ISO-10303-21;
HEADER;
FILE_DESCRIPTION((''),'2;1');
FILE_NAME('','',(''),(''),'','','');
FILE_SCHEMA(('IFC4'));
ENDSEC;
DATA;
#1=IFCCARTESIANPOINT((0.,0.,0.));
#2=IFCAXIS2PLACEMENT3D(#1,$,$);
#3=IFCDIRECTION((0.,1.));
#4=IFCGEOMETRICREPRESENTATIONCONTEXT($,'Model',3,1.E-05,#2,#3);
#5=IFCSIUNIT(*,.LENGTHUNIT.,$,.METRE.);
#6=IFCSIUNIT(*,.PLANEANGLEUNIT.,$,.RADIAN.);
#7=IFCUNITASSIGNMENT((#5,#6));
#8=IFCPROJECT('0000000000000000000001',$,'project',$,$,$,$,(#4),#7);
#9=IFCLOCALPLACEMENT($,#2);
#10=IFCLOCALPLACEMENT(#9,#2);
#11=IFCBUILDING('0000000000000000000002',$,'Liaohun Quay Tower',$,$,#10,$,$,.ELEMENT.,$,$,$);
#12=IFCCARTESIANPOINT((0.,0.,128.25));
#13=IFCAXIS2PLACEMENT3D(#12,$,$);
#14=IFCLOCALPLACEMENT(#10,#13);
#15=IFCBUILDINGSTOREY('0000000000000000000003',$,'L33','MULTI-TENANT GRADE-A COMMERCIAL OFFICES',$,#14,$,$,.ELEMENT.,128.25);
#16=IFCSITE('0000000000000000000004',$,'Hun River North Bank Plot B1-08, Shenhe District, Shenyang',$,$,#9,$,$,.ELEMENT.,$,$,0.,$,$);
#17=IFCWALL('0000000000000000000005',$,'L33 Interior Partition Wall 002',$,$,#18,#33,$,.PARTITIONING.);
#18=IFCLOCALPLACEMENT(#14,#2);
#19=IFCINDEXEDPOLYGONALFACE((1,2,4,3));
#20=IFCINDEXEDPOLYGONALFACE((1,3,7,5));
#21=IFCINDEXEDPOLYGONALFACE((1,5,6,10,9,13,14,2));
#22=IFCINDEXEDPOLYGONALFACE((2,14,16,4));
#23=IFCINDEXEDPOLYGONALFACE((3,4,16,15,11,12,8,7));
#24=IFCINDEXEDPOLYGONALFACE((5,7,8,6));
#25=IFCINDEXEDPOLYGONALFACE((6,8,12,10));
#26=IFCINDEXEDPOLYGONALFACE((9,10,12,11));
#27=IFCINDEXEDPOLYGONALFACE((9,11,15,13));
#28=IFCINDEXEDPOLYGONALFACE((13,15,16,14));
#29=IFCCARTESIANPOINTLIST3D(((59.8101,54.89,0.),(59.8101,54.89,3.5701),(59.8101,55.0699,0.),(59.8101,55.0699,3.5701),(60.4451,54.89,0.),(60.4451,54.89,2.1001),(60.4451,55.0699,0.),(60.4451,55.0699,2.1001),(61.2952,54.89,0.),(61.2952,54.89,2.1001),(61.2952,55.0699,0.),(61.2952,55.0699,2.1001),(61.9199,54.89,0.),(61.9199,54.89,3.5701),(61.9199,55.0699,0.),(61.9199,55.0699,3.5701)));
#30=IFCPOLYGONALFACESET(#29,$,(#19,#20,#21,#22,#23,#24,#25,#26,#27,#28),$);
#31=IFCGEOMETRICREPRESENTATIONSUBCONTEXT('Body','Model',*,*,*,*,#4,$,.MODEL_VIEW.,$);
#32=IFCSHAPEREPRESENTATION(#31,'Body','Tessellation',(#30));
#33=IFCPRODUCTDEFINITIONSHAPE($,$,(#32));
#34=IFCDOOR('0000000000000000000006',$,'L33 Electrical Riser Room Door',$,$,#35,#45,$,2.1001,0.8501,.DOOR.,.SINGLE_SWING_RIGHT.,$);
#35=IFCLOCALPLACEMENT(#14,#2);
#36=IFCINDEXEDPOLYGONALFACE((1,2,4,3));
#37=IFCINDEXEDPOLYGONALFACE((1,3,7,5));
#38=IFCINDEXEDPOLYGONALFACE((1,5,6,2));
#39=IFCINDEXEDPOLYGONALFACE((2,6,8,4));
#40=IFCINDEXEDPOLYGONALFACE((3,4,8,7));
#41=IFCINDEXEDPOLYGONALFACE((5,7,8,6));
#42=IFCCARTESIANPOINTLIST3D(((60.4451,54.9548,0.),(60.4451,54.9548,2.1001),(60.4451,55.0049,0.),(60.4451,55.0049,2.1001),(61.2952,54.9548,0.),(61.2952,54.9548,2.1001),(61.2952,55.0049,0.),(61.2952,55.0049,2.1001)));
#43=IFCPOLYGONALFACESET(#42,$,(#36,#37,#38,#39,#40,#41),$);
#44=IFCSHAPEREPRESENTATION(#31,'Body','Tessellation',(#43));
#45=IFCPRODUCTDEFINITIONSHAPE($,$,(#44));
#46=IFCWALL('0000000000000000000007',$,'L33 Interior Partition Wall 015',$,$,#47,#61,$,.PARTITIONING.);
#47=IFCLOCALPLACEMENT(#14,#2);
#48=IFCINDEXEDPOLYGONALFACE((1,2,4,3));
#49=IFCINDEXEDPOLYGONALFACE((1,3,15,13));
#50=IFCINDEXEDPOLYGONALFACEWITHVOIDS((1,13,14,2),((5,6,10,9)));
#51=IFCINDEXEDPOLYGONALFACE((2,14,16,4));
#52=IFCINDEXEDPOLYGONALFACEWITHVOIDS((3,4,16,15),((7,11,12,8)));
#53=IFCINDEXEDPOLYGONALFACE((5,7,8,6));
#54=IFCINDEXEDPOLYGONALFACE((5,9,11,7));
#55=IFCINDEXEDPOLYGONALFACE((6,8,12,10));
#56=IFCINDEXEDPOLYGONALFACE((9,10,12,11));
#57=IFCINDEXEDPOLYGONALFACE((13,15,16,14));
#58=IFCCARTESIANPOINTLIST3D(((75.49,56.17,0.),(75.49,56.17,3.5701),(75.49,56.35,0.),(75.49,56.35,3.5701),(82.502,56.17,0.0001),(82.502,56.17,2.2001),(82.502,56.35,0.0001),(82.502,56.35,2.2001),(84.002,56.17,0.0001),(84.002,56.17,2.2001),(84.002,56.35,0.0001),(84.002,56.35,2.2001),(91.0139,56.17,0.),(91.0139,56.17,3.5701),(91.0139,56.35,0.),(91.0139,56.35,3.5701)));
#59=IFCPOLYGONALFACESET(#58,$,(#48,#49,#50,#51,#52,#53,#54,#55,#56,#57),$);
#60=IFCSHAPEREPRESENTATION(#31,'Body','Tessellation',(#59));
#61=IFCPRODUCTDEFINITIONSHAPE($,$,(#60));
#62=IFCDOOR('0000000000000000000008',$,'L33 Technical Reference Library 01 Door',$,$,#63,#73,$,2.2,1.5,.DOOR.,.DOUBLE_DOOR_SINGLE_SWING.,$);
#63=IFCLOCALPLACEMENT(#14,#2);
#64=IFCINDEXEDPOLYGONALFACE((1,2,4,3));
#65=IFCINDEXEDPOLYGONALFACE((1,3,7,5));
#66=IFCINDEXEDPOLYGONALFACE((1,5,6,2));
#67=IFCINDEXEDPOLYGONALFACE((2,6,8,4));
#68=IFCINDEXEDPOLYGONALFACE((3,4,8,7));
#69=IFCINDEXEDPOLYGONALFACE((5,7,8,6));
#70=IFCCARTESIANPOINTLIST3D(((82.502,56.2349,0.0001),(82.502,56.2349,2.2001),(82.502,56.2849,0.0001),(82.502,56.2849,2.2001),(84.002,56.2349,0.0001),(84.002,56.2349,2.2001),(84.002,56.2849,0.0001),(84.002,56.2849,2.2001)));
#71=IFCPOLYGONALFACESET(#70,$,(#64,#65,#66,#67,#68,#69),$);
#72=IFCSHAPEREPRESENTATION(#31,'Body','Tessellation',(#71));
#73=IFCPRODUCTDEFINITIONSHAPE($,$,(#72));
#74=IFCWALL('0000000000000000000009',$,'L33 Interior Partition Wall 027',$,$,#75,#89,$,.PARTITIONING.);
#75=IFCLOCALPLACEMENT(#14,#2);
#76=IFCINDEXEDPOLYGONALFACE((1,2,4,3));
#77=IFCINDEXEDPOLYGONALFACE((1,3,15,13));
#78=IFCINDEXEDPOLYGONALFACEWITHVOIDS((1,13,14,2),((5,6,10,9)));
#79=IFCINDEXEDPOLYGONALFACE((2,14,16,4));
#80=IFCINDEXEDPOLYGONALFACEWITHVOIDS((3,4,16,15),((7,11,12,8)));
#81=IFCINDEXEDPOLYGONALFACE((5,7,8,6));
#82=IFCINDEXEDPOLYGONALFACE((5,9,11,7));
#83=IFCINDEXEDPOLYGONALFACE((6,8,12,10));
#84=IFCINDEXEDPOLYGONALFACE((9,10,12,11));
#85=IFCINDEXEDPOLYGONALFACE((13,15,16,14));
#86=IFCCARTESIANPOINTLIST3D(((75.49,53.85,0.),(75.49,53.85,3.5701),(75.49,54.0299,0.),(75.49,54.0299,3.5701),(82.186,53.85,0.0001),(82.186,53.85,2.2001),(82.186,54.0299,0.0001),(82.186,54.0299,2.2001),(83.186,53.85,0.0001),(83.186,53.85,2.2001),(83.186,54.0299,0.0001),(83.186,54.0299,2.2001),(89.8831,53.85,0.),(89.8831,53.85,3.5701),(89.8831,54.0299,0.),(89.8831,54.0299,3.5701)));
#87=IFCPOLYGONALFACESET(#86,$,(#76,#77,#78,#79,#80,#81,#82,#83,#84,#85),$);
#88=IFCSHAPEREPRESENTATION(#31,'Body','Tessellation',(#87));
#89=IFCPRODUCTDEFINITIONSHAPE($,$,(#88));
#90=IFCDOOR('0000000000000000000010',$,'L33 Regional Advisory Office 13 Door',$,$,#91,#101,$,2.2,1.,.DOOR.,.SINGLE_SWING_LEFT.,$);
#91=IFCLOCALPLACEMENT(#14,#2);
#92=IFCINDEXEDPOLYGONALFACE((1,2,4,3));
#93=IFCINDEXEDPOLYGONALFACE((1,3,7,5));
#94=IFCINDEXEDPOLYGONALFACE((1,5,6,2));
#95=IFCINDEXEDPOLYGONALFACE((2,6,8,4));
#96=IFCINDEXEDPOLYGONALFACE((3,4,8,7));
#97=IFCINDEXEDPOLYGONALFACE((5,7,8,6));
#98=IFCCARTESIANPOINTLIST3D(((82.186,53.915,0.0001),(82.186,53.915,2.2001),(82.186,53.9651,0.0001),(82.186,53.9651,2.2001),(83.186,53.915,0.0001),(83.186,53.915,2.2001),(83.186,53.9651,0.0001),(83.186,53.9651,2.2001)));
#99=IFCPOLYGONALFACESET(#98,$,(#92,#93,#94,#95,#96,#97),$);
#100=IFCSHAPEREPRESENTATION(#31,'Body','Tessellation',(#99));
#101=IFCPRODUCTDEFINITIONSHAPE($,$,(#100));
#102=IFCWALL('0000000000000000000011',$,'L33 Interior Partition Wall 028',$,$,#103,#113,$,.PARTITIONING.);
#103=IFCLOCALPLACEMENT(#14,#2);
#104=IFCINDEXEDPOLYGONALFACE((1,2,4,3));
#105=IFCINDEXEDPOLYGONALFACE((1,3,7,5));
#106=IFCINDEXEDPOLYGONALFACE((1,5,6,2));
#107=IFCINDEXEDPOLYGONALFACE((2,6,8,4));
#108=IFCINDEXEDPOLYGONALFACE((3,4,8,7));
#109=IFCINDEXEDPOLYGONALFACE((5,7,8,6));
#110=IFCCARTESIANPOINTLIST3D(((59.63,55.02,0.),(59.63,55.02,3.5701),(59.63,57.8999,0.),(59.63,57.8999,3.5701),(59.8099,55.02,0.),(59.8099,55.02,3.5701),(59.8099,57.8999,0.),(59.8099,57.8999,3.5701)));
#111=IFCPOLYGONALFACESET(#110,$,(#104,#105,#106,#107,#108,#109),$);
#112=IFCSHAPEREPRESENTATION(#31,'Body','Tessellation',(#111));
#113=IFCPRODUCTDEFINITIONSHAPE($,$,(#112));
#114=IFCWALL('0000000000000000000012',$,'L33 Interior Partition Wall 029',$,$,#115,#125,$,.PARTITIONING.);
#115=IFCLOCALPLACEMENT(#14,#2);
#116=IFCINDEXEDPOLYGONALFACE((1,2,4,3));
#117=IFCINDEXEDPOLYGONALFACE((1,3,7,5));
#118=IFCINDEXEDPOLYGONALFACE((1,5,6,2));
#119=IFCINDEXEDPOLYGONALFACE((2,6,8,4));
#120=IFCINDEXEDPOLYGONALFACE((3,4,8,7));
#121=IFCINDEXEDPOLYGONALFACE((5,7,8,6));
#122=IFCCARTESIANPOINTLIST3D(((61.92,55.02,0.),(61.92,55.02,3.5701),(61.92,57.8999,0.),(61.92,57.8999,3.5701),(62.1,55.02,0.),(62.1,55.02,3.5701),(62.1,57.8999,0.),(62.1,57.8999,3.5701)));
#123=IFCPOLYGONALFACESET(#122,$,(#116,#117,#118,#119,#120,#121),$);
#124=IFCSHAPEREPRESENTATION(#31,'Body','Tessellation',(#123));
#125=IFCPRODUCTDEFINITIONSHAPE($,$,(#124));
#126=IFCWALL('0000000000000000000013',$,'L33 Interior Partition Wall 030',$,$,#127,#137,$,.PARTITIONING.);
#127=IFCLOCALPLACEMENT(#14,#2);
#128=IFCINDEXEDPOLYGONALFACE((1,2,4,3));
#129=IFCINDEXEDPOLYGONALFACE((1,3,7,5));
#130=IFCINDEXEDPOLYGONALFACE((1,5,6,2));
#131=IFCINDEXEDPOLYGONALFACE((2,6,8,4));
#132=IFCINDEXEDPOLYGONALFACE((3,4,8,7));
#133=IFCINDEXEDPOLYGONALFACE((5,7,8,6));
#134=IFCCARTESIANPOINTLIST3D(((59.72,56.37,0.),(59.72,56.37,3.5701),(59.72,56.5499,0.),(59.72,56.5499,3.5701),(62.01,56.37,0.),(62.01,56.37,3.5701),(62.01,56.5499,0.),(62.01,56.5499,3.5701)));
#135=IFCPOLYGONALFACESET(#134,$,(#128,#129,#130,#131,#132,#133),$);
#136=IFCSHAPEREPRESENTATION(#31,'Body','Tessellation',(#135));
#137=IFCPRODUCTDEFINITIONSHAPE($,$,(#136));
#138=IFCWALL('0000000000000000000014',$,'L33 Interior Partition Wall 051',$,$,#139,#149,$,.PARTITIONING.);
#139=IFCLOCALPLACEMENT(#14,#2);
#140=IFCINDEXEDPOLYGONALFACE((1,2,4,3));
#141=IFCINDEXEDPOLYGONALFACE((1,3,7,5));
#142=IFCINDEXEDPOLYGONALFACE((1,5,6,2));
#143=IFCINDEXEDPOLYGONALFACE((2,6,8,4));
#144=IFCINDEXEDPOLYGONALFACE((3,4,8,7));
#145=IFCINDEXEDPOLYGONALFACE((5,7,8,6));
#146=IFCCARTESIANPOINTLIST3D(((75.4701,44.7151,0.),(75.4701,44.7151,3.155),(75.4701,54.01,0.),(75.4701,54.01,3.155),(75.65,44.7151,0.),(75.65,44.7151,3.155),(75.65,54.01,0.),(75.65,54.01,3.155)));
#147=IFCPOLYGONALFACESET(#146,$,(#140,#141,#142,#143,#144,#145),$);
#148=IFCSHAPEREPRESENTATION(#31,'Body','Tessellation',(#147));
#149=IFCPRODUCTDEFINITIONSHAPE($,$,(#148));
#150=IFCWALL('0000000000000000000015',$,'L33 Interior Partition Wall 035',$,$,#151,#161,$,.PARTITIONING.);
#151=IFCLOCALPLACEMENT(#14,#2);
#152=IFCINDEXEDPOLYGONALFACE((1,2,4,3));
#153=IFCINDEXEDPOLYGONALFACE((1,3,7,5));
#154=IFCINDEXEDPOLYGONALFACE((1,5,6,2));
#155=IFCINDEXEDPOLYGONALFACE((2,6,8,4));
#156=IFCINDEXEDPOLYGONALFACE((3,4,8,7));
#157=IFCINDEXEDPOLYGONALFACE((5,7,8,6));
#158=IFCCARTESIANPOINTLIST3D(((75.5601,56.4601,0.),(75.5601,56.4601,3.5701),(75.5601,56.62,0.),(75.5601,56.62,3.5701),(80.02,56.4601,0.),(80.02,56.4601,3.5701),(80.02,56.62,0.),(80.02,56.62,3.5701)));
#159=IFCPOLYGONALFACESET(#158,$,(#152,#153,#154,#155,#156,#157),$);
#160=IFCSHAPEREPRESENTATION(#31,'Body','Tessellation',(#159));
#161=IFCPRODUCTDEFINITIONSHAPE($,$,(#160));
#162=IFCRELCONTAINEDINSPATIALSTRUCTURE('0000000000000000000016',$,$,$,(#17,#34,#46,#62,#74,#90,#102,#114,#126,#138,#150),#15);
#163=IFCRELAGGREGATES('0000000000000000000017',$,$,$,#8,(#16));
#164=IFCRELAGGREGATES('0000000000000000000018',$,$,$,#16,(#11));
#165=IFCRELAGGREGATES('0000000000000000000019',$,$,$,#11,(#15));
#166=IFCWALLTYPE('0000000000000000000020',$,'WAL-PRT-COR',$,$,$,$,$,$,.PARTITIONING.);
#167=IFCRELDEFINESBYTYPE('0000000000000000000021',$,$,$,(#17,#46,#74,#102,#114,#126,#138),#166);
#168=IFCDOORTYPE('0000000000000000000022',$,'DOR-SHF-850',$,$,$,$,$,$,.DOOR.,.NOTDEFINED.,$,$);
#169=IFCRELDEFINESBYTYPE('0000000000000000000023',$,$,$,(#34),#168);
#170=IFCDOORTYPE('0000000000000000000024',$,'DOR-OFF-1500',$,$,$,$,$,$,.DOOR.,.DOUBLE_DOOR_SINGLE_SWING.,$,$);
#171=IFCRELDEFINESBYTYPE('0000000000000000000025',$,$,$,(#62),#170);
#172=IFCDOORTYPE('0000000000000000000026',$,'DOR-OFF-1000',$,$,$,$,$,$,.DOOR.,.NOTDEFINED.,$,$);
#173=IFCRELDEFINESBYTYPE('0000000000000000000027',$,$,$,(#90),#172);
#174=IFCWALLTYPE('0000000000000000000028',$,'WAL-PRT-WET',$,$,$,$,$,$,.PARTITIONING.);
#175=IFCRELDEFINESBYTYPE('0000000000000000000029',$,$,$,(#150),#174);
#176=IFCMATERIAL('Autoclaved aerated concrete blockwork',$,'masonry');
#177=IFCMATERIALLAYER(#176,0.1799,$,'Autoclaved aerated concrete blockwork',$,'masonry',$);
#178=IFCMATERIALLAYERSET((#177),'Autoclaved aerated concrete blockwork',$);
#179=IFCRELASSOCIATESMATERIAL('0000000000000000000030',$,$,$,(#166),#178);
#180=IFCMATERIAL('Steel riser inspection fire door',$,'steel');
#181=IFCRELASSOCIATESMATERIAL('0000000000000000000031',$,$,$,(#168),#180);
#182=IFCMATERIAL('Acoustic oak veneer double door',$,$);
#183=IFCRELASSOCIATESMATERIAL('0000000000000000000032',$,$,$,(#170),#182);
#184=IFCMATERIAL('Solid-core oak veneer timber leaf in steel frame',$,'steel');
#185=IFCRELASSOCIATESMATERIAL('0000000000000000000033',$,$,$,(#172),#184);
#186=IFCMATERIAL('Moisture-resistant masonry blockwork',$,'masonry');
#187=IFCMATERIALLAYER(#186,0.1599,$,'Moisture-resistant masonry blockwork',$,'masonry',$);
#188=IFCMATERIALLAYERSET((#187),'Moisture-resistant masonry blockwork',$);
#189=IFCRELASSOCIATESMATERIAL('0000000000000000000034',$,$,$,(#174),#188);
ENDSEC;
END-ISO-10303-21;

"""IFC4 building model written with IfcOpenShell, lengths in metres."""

from ifc_helpers import new_model, si_unit, direction, frame, frame_2d, origin, place, context, subcontext, project, spatial, rectangle, extrude, source, transform, mapped, material, layer, layer_set, type_object, element, fill, save


model = new_model("IFC4")

# Units and contexts
model_context = context("Model", 3, precision=1e-05, world=origin(), true_north=direction((0.0, 1.0)))
body_context = subcontext(model_context, "Body", "Model", "MODEL_VIEW")
ifc_project = project(units=[si_unit("LENGTHUNIT", "METRE"), si_unit("PLANEANGLEUNIT", "RADIAN")], contexts=[model_context])

# Site, building, storey
site_placement = place(None, origin())
site = spatial("IfcSite", under=ifc_project, at=site_placement, Name="Hun River North Bank Plot B1-08, Shenhe District, Shenyang", CompositionType="ELEMENT", RefElevation=0.0)
building_placement = place(site_placement, origin())
building = spatial("IfcBuilding", under=site, at=building_placement, Name="Liaohun Quay Tower", CompositionType="ELEMENT")
storey_placement = place(building_placement, frame((0.0, 0.0, 128.25)))
storey = spatial("IfcBuildingStorey", under=building, at=storey_placement, Name="L33", Description="MULTI-TENANT GRADE-A COMMERCIAL OFFICES", CompositionType="ELEMENT", Elevation=128.25)

# Walls, openings, doors
ifc_material_1 = material(Name="Autoclaved aerated concrete blockwork", Category="masonry")
ifc_layer_1 = layer(ifc_material_1, 0.1799, Name="Autoclaved aerated concrete blockwork", Category="masonry")
ifc_layer_set_1 = layer_set([ifc_layer_1], Name="Autoclaved aerated concrete blockwork")
wall_type_1 = type_object("IfcWallType", Name="WAL-PRT-COR", PredefinedType="PARTITIONING", material=ifc_layer_set_1)
wall_1_placement = place(storey_placement, frame((59.8101, 54.98, 0.0), z_axis=(0.0, 0.0, 1.0), x_axis=(1.0, 0.0, 0.0)))
wall_1 = element("IfcWall", 1, at=wall_1_placement, inside=storey, type_object=wall_type_1, Name="L33 Interior Partition Wall 002", PredefinedType="PARTITIONING", context=body_context, shape_type="SweptSolid", body=[
    extrude(rectangle(XDim=2.1099, YDim=0.1799, at=frame_2d((1.0549, 0.0))), origin(), (0.0, 0.0, 1.0), 3.5701),
])
shared_shape_1 = source(origin(), body_context, "Body", "SweptSolid", [
    extrude(rectangle(XDim=0.8501, YDim=2.1001, at=frame_2d((0.425, 1.05))), frame((0.0, 0.0999, 0.0), z_axis=(0.0, -1.0, 0.0), x_axis=(1.0, 0.0, 0.0)), (0.0, 0.0, 1.0), 0.2),
])
opening_1_placement = place(wall_1_placement, frame((0.635, 0.0, 0.0)))
opening_1 = element("IfcOpeningElement", 2, at=opening_1_placement, cuts=wall_1, PredefinedType="OPENING", context=body_context, shape_type="MappedRepresentation", body=[
    mapped(shared_shape_1, transform((0.0, 0.0, 0.0), x_axis=(1.0, 0.0, 0.0), y_axis=(0.0, 1.0, 0.0), z_axis=(0.0, 0.0, 1.0), scale=1.0)),
])
ifc_material_2 = material(Name="Steel riser inspection fire door", Category="steel")
door_type_1 = type_object("IfcDoorType", Name="DOR-SHF-850", OperationType="NOTDEFINED", PredefinedType="DOOR", material=ifc_material_2)
shared_shape_2 = source(origin(), body_context, "Body", "SweptSolid", [
    extrude(rectangle(XDim=0.8501, YDim=2.1001, at=frame_2d((0.425, 1.05))), frame((0.0, 0.0249, 0.0), z_axis=(0.0, -1.0, 0.0), x_axis=(1.0, 0.0, 0.0)), (0.0, 0.0, 1.0), 0.05),
])
door_1_placement = place(opening_1_placement, origin())
door_1 = element("IfcDoor", 3, at=door_1_placement, inside=storey, type_object=door_type_1, Name="L33 Electrical Riser Room Door", OperationType="SINGLE_SWING_RIGHT", OverallHeight=2.1001, OverallWidth=0.8501, PredefinedType="DOOR", context=body_context, shape_type="MappedRepresentation", body=[
    mapped(shared_shape_2, transform((0.0, 0.0, 0.0), x_axis=(1.0, 0.0, 0.0), y_axis=(0.0, 1.0, 0.0), z_axis=(0.0, 0.0, 1.0), scale=1.0)),
])
fill(opening_1, door_1)
wall_2_placement = place(storey_placement, frame((75.49, 56.26, 0.0), z_axis=(0.0, 0.0, 1.0), x_axis=(1.0, 0.0, 0.0)))
wall_2 = element("IfcWall", 4, at=wall_2_placement, inside=storey, type_object=wall_type_1, Name="L33 Interior Partition Wall 015", PredefinedType="PARTITIONING", context=body_context, shape_type="SweptSolid", body=[
    extrude(rectangle(XDim=15.5239, YDim=0.1799, at=frame_2d((7.762, 0.0))), origin(), (0.0, 0.0, 1.0), 3.5701),
])
shared_shape_3 = source(origin(), body_context, "Body", "SweptSolid", [
    extrude(rectangle(XDim=1.5, YDim=2.2, at=frame_2d((0.75, 1.1001))), frame((0.0, 0.0999, 0.0), z_axis=(0.0, -1.0, 0.0), x_axis=(1.0, 0.0, 0.0)), (0.0, 0.0, 1.0), 0.2),
])
opening_2_placement = place(wall_2_placement, frame((7.012, 0.0, 0.0)))
opening_2 = element("IfcOpeningElement", 5, at=opening_2_placement, cuts=wall_2, PredefinedType="OPENING", context=body_context, shape_type="MappedRepresentation", body=[
    mapped(shared_shape_3, transform((0.0, 0.0, 0.0), x_axis=(1.0, 0.0, 0.0), y_axis=(0.0, 1.0, 0.0), z_axis=(0.0, 0.0, 1.0), scale=1.0)),
])
ifc_material_3 = material(Name="Acoustic oak veneer double door")
door_type_2 = type_object("IfcDoorType", Name="DOR-OFF-1500", OperationType="DOUBLE_DOOR_SINGLE_SWING", PredefinedType="DOOR", material=ifc_material_3)
shared_shape_4 = source(origin(), body_context, "Body", "SweptSolid", [
    extrude(rectangle(XDim=1.5, YDim=2.2, at=frame_2d((0.75, 1.1001))), frame((0.0, 0.0249, 0.0), z_axis=(0.0, -1.0, 0.0), x_axis=(1.0, 0.0, 0.0)), (0.0, 0.0, 1.0), 0.05),
])
door_2_placement = place(opening_2_placement, origin())
door_2 = element("IfcDoor", 6, at=door_2_placement, inside=storey, type_object=door_type_2, Name="L33 Technical Reference Library 01 Door", OperationType="DOUBLE_DOOR_SINGLE_SWING", OverallHeight=2.2, OverallWidth=1.5, PredefinedType="DOOR", context=body_context, shape_type="MappedRepresentation", body=[
    mapped(shared_shape_4, transform((0.0, 0.0, 0.0), x_axis=(1.0, 0.0, 0.0), y_axis=(0.0, 1.0, 0.0), z_axis=(0.0, 0.0, 1.0), scale=1.0)),
])
fill(opening_2, door_2)
wall_3_placement = place(storey_placement, frame((89.8831, 53.9399, 0.0), z_axis=(0.0, 0.0, 1.0), x_axis=(-1.0, 0.0, 0.0)))
wall_3 = element("IfcWall", 7, at=wall_3_placement, inside=storey, type_object=wall_type_1, Name="L33 Interior Partition Wall 027", PredefinedType="PARTITIONING", context=body_context, shape_type="SweptSolid", body=[
    extrude(rectangle(XDim=14.3931, YDim=0.1799, at=frame_2d((7.1965, 0.0))), origin(), (0.0, 0.0, 1.0), 3.5701),
])
shared_shape_5 = source(origin(), body_context, "Body", "SweptSolid", [
    extrude(rectangle(XDim=1.0, YDim=2.2, at=frame_2d((0.5, 1.1001))), frame((0.0, 0.0999, 0.0), z_axis=(0.0, -1.0, 0.0), x_axis=(1.0, 0.0, 0.0)), (0.0, 0.0, 1.0), 0.2),
])
opening_3_placement = place(wall_3_placement, frame((6.697, 0.0, 0.0)))
opening_3 = element("IfcOpeningElement", 8, at=opening_3_placement, cuts=wall_3, PredefinedType="OPENING", context=body_context, shape_type="MappedRepresentation", body=[
    mapped(shared_shape_5, transform((0.0, 0.0, 0.0), x_axis=(1.0, 0.0, 0.0), y_axis=(0.0, 1.0, 0.0), z_axis=(0.0, 0.0, 1.0), scale=1.0)),
])
ifc_material_4 = material(Name="Solid-core oak veneer timber leaf in steel frame", Category="steel")
door_type_3 = type_object("IfcDoorType", Name="DOR-OFF-1000", OperationType="NOTDEFINED", PredefinedType="DOOR", material=ifc_material_4)
shared_shape_6 = source(origin(), body_context, "Body", "SweptSolid", [
    extrude(rectangle(XDim=1.0, YDim=2.2, at=frame_2d((0.5, 1.1001))), frame((0.0, 0.0249, 0.0), z_axis=(0.0, -1.0, 0.0), x_axis=(1.0, 0.0, 0.0)), (0.0, 0.0, 1.0), 0.05),
])
door_3_placement = place(opening_3_placement, origin())
door_3 = element("IfcDoor", 9, at=door_3_placement, inside=storey, type_object=door_type_3, Name="L33 Regional Advisory Office 13 Door", OperationType="SINGLE_SWING_LEFT", OverallHeight=2.2, OverallWidth=1.0, PredefinedType="DOOR", context=body_context, shape_type="MappedRepresentation", body=[
    mapped(shared_shape_6, transform((0.0, 0.0, 0.0), x_axis=(1.0, 0.0, 0.0), y_axis=(0.0, 1.0, 0.0), z_axis=(0.0, 0.0, 1.0), scale=1.0)),
])
fill(opening_3, door_3)

# Walls
for number, where, z_axis, x_axis, name in (
    (10, (59.72, 55.02, 0.0), (0.0, 0.0, 1.0), (0.0, 1.0, 0.0), "L33 Interior Partition Wall 028"),
    (11, (62.01, 55.02, 0.0), (0.0, 0.0, 1.0), (0.0, 1.0, 0.0), "L33 Interior Partition Wall 029"),
):
    element("IfcWall", number, at=place(storey_placement, frame(where, z_axis=z_axis, x_axis=x_axis)), inside=storey, type_object=wall_type_1, Name=name, PredefinedType="PARTITIONING", context=body_context, shape_type="SweptSolid", body=[
        extrude(rectangle(XDim=2.8799, YDim=0.1799, at=frame_2d((1.4399, 0.0))), origin(), (0.0, 0.0, 1.0), 3.5701),
    ])
wall_4_placement = place(storey_placement, frame((59.72, 56.46, 0.0), z_axis=(0.0, 0.0, 1.0), x_axis=(1.0, 0.0, 0.0)))
element("IfcWall", 12, at=wall_4_placement, inside=storey, type_object=wall_type_1, Name="L33 Interior Partition Wall 030", PredefinedType="PARTITIONING", context=body_context, shape_type="SweptSolid", body=[
    extrude(rectangle(XDim=2.29, YDim=0.1799, at=frame_2d((1.145, 0.0))), origin(), (0.0, 0.0, 1.0), 3.5701),
])
wall_5_placement = place(storey_placement, frame((75.5601, 54.01, 0.0), z_axis=(0.0, 0.0, 1.0), x_axis=(0.0, -1.0, 0.0)))
element("IfcWall", 13, at=wall_5_placement, inside=storey, type_object=wall_type_1, Name="L33 Interior Partition Wall 051", PredefinedType="PARTITIONING", context=body_context, shape_type="SweptSolid", body=[
    extrude(rectangle(XDim=9.2949, YDim=0.1799, at=frame_2d((4.6475, 0.0))), origin(), (0.0, 0.0, 1.0), 3.155),
])

# Shared definitions
ifc_material_5 = material(Name="Moisture-resistant masonry blockwork", Category="masonry")
ifc_layer_2 = layer(ifc_material_5, 0.1599, Name="Moisture-resistant masonry blockwork", Category="masonry")
ifc_layer_set_2 = layer_set([ifc_layer_2], Name="Moisture-resistant masonry blockwork")
wall_type_2 = type_object("IfcWallType", Name="WAL-PRT-WET", PredefinedType="PARTITIONING", material=ifc_layer_set_2)

# Wall
wall_6_placement = place(storey_placement, frame((75.5601, 56.54, 0.0), z_axis=(0.0, 0.0, 1.0), x_axis=(1.0, 0.0, 0.0)))
element("IfcWall", 14, at=wall_6_placement, inside=storey, type_object=wall_type_2, Name="L33 Interior Partition Wall 035", PredefinedType="PARTITIONING", context=body_context, shape_type="SweptSolid", body=[
    extrude(rectangle(XDim=4.46, YDim=0.1599, at=frame_2d((2.23, 0.0))), origin(), (0.0, 0.0, 1.0), 3.5701),
])

save(model, "model.ifc")
